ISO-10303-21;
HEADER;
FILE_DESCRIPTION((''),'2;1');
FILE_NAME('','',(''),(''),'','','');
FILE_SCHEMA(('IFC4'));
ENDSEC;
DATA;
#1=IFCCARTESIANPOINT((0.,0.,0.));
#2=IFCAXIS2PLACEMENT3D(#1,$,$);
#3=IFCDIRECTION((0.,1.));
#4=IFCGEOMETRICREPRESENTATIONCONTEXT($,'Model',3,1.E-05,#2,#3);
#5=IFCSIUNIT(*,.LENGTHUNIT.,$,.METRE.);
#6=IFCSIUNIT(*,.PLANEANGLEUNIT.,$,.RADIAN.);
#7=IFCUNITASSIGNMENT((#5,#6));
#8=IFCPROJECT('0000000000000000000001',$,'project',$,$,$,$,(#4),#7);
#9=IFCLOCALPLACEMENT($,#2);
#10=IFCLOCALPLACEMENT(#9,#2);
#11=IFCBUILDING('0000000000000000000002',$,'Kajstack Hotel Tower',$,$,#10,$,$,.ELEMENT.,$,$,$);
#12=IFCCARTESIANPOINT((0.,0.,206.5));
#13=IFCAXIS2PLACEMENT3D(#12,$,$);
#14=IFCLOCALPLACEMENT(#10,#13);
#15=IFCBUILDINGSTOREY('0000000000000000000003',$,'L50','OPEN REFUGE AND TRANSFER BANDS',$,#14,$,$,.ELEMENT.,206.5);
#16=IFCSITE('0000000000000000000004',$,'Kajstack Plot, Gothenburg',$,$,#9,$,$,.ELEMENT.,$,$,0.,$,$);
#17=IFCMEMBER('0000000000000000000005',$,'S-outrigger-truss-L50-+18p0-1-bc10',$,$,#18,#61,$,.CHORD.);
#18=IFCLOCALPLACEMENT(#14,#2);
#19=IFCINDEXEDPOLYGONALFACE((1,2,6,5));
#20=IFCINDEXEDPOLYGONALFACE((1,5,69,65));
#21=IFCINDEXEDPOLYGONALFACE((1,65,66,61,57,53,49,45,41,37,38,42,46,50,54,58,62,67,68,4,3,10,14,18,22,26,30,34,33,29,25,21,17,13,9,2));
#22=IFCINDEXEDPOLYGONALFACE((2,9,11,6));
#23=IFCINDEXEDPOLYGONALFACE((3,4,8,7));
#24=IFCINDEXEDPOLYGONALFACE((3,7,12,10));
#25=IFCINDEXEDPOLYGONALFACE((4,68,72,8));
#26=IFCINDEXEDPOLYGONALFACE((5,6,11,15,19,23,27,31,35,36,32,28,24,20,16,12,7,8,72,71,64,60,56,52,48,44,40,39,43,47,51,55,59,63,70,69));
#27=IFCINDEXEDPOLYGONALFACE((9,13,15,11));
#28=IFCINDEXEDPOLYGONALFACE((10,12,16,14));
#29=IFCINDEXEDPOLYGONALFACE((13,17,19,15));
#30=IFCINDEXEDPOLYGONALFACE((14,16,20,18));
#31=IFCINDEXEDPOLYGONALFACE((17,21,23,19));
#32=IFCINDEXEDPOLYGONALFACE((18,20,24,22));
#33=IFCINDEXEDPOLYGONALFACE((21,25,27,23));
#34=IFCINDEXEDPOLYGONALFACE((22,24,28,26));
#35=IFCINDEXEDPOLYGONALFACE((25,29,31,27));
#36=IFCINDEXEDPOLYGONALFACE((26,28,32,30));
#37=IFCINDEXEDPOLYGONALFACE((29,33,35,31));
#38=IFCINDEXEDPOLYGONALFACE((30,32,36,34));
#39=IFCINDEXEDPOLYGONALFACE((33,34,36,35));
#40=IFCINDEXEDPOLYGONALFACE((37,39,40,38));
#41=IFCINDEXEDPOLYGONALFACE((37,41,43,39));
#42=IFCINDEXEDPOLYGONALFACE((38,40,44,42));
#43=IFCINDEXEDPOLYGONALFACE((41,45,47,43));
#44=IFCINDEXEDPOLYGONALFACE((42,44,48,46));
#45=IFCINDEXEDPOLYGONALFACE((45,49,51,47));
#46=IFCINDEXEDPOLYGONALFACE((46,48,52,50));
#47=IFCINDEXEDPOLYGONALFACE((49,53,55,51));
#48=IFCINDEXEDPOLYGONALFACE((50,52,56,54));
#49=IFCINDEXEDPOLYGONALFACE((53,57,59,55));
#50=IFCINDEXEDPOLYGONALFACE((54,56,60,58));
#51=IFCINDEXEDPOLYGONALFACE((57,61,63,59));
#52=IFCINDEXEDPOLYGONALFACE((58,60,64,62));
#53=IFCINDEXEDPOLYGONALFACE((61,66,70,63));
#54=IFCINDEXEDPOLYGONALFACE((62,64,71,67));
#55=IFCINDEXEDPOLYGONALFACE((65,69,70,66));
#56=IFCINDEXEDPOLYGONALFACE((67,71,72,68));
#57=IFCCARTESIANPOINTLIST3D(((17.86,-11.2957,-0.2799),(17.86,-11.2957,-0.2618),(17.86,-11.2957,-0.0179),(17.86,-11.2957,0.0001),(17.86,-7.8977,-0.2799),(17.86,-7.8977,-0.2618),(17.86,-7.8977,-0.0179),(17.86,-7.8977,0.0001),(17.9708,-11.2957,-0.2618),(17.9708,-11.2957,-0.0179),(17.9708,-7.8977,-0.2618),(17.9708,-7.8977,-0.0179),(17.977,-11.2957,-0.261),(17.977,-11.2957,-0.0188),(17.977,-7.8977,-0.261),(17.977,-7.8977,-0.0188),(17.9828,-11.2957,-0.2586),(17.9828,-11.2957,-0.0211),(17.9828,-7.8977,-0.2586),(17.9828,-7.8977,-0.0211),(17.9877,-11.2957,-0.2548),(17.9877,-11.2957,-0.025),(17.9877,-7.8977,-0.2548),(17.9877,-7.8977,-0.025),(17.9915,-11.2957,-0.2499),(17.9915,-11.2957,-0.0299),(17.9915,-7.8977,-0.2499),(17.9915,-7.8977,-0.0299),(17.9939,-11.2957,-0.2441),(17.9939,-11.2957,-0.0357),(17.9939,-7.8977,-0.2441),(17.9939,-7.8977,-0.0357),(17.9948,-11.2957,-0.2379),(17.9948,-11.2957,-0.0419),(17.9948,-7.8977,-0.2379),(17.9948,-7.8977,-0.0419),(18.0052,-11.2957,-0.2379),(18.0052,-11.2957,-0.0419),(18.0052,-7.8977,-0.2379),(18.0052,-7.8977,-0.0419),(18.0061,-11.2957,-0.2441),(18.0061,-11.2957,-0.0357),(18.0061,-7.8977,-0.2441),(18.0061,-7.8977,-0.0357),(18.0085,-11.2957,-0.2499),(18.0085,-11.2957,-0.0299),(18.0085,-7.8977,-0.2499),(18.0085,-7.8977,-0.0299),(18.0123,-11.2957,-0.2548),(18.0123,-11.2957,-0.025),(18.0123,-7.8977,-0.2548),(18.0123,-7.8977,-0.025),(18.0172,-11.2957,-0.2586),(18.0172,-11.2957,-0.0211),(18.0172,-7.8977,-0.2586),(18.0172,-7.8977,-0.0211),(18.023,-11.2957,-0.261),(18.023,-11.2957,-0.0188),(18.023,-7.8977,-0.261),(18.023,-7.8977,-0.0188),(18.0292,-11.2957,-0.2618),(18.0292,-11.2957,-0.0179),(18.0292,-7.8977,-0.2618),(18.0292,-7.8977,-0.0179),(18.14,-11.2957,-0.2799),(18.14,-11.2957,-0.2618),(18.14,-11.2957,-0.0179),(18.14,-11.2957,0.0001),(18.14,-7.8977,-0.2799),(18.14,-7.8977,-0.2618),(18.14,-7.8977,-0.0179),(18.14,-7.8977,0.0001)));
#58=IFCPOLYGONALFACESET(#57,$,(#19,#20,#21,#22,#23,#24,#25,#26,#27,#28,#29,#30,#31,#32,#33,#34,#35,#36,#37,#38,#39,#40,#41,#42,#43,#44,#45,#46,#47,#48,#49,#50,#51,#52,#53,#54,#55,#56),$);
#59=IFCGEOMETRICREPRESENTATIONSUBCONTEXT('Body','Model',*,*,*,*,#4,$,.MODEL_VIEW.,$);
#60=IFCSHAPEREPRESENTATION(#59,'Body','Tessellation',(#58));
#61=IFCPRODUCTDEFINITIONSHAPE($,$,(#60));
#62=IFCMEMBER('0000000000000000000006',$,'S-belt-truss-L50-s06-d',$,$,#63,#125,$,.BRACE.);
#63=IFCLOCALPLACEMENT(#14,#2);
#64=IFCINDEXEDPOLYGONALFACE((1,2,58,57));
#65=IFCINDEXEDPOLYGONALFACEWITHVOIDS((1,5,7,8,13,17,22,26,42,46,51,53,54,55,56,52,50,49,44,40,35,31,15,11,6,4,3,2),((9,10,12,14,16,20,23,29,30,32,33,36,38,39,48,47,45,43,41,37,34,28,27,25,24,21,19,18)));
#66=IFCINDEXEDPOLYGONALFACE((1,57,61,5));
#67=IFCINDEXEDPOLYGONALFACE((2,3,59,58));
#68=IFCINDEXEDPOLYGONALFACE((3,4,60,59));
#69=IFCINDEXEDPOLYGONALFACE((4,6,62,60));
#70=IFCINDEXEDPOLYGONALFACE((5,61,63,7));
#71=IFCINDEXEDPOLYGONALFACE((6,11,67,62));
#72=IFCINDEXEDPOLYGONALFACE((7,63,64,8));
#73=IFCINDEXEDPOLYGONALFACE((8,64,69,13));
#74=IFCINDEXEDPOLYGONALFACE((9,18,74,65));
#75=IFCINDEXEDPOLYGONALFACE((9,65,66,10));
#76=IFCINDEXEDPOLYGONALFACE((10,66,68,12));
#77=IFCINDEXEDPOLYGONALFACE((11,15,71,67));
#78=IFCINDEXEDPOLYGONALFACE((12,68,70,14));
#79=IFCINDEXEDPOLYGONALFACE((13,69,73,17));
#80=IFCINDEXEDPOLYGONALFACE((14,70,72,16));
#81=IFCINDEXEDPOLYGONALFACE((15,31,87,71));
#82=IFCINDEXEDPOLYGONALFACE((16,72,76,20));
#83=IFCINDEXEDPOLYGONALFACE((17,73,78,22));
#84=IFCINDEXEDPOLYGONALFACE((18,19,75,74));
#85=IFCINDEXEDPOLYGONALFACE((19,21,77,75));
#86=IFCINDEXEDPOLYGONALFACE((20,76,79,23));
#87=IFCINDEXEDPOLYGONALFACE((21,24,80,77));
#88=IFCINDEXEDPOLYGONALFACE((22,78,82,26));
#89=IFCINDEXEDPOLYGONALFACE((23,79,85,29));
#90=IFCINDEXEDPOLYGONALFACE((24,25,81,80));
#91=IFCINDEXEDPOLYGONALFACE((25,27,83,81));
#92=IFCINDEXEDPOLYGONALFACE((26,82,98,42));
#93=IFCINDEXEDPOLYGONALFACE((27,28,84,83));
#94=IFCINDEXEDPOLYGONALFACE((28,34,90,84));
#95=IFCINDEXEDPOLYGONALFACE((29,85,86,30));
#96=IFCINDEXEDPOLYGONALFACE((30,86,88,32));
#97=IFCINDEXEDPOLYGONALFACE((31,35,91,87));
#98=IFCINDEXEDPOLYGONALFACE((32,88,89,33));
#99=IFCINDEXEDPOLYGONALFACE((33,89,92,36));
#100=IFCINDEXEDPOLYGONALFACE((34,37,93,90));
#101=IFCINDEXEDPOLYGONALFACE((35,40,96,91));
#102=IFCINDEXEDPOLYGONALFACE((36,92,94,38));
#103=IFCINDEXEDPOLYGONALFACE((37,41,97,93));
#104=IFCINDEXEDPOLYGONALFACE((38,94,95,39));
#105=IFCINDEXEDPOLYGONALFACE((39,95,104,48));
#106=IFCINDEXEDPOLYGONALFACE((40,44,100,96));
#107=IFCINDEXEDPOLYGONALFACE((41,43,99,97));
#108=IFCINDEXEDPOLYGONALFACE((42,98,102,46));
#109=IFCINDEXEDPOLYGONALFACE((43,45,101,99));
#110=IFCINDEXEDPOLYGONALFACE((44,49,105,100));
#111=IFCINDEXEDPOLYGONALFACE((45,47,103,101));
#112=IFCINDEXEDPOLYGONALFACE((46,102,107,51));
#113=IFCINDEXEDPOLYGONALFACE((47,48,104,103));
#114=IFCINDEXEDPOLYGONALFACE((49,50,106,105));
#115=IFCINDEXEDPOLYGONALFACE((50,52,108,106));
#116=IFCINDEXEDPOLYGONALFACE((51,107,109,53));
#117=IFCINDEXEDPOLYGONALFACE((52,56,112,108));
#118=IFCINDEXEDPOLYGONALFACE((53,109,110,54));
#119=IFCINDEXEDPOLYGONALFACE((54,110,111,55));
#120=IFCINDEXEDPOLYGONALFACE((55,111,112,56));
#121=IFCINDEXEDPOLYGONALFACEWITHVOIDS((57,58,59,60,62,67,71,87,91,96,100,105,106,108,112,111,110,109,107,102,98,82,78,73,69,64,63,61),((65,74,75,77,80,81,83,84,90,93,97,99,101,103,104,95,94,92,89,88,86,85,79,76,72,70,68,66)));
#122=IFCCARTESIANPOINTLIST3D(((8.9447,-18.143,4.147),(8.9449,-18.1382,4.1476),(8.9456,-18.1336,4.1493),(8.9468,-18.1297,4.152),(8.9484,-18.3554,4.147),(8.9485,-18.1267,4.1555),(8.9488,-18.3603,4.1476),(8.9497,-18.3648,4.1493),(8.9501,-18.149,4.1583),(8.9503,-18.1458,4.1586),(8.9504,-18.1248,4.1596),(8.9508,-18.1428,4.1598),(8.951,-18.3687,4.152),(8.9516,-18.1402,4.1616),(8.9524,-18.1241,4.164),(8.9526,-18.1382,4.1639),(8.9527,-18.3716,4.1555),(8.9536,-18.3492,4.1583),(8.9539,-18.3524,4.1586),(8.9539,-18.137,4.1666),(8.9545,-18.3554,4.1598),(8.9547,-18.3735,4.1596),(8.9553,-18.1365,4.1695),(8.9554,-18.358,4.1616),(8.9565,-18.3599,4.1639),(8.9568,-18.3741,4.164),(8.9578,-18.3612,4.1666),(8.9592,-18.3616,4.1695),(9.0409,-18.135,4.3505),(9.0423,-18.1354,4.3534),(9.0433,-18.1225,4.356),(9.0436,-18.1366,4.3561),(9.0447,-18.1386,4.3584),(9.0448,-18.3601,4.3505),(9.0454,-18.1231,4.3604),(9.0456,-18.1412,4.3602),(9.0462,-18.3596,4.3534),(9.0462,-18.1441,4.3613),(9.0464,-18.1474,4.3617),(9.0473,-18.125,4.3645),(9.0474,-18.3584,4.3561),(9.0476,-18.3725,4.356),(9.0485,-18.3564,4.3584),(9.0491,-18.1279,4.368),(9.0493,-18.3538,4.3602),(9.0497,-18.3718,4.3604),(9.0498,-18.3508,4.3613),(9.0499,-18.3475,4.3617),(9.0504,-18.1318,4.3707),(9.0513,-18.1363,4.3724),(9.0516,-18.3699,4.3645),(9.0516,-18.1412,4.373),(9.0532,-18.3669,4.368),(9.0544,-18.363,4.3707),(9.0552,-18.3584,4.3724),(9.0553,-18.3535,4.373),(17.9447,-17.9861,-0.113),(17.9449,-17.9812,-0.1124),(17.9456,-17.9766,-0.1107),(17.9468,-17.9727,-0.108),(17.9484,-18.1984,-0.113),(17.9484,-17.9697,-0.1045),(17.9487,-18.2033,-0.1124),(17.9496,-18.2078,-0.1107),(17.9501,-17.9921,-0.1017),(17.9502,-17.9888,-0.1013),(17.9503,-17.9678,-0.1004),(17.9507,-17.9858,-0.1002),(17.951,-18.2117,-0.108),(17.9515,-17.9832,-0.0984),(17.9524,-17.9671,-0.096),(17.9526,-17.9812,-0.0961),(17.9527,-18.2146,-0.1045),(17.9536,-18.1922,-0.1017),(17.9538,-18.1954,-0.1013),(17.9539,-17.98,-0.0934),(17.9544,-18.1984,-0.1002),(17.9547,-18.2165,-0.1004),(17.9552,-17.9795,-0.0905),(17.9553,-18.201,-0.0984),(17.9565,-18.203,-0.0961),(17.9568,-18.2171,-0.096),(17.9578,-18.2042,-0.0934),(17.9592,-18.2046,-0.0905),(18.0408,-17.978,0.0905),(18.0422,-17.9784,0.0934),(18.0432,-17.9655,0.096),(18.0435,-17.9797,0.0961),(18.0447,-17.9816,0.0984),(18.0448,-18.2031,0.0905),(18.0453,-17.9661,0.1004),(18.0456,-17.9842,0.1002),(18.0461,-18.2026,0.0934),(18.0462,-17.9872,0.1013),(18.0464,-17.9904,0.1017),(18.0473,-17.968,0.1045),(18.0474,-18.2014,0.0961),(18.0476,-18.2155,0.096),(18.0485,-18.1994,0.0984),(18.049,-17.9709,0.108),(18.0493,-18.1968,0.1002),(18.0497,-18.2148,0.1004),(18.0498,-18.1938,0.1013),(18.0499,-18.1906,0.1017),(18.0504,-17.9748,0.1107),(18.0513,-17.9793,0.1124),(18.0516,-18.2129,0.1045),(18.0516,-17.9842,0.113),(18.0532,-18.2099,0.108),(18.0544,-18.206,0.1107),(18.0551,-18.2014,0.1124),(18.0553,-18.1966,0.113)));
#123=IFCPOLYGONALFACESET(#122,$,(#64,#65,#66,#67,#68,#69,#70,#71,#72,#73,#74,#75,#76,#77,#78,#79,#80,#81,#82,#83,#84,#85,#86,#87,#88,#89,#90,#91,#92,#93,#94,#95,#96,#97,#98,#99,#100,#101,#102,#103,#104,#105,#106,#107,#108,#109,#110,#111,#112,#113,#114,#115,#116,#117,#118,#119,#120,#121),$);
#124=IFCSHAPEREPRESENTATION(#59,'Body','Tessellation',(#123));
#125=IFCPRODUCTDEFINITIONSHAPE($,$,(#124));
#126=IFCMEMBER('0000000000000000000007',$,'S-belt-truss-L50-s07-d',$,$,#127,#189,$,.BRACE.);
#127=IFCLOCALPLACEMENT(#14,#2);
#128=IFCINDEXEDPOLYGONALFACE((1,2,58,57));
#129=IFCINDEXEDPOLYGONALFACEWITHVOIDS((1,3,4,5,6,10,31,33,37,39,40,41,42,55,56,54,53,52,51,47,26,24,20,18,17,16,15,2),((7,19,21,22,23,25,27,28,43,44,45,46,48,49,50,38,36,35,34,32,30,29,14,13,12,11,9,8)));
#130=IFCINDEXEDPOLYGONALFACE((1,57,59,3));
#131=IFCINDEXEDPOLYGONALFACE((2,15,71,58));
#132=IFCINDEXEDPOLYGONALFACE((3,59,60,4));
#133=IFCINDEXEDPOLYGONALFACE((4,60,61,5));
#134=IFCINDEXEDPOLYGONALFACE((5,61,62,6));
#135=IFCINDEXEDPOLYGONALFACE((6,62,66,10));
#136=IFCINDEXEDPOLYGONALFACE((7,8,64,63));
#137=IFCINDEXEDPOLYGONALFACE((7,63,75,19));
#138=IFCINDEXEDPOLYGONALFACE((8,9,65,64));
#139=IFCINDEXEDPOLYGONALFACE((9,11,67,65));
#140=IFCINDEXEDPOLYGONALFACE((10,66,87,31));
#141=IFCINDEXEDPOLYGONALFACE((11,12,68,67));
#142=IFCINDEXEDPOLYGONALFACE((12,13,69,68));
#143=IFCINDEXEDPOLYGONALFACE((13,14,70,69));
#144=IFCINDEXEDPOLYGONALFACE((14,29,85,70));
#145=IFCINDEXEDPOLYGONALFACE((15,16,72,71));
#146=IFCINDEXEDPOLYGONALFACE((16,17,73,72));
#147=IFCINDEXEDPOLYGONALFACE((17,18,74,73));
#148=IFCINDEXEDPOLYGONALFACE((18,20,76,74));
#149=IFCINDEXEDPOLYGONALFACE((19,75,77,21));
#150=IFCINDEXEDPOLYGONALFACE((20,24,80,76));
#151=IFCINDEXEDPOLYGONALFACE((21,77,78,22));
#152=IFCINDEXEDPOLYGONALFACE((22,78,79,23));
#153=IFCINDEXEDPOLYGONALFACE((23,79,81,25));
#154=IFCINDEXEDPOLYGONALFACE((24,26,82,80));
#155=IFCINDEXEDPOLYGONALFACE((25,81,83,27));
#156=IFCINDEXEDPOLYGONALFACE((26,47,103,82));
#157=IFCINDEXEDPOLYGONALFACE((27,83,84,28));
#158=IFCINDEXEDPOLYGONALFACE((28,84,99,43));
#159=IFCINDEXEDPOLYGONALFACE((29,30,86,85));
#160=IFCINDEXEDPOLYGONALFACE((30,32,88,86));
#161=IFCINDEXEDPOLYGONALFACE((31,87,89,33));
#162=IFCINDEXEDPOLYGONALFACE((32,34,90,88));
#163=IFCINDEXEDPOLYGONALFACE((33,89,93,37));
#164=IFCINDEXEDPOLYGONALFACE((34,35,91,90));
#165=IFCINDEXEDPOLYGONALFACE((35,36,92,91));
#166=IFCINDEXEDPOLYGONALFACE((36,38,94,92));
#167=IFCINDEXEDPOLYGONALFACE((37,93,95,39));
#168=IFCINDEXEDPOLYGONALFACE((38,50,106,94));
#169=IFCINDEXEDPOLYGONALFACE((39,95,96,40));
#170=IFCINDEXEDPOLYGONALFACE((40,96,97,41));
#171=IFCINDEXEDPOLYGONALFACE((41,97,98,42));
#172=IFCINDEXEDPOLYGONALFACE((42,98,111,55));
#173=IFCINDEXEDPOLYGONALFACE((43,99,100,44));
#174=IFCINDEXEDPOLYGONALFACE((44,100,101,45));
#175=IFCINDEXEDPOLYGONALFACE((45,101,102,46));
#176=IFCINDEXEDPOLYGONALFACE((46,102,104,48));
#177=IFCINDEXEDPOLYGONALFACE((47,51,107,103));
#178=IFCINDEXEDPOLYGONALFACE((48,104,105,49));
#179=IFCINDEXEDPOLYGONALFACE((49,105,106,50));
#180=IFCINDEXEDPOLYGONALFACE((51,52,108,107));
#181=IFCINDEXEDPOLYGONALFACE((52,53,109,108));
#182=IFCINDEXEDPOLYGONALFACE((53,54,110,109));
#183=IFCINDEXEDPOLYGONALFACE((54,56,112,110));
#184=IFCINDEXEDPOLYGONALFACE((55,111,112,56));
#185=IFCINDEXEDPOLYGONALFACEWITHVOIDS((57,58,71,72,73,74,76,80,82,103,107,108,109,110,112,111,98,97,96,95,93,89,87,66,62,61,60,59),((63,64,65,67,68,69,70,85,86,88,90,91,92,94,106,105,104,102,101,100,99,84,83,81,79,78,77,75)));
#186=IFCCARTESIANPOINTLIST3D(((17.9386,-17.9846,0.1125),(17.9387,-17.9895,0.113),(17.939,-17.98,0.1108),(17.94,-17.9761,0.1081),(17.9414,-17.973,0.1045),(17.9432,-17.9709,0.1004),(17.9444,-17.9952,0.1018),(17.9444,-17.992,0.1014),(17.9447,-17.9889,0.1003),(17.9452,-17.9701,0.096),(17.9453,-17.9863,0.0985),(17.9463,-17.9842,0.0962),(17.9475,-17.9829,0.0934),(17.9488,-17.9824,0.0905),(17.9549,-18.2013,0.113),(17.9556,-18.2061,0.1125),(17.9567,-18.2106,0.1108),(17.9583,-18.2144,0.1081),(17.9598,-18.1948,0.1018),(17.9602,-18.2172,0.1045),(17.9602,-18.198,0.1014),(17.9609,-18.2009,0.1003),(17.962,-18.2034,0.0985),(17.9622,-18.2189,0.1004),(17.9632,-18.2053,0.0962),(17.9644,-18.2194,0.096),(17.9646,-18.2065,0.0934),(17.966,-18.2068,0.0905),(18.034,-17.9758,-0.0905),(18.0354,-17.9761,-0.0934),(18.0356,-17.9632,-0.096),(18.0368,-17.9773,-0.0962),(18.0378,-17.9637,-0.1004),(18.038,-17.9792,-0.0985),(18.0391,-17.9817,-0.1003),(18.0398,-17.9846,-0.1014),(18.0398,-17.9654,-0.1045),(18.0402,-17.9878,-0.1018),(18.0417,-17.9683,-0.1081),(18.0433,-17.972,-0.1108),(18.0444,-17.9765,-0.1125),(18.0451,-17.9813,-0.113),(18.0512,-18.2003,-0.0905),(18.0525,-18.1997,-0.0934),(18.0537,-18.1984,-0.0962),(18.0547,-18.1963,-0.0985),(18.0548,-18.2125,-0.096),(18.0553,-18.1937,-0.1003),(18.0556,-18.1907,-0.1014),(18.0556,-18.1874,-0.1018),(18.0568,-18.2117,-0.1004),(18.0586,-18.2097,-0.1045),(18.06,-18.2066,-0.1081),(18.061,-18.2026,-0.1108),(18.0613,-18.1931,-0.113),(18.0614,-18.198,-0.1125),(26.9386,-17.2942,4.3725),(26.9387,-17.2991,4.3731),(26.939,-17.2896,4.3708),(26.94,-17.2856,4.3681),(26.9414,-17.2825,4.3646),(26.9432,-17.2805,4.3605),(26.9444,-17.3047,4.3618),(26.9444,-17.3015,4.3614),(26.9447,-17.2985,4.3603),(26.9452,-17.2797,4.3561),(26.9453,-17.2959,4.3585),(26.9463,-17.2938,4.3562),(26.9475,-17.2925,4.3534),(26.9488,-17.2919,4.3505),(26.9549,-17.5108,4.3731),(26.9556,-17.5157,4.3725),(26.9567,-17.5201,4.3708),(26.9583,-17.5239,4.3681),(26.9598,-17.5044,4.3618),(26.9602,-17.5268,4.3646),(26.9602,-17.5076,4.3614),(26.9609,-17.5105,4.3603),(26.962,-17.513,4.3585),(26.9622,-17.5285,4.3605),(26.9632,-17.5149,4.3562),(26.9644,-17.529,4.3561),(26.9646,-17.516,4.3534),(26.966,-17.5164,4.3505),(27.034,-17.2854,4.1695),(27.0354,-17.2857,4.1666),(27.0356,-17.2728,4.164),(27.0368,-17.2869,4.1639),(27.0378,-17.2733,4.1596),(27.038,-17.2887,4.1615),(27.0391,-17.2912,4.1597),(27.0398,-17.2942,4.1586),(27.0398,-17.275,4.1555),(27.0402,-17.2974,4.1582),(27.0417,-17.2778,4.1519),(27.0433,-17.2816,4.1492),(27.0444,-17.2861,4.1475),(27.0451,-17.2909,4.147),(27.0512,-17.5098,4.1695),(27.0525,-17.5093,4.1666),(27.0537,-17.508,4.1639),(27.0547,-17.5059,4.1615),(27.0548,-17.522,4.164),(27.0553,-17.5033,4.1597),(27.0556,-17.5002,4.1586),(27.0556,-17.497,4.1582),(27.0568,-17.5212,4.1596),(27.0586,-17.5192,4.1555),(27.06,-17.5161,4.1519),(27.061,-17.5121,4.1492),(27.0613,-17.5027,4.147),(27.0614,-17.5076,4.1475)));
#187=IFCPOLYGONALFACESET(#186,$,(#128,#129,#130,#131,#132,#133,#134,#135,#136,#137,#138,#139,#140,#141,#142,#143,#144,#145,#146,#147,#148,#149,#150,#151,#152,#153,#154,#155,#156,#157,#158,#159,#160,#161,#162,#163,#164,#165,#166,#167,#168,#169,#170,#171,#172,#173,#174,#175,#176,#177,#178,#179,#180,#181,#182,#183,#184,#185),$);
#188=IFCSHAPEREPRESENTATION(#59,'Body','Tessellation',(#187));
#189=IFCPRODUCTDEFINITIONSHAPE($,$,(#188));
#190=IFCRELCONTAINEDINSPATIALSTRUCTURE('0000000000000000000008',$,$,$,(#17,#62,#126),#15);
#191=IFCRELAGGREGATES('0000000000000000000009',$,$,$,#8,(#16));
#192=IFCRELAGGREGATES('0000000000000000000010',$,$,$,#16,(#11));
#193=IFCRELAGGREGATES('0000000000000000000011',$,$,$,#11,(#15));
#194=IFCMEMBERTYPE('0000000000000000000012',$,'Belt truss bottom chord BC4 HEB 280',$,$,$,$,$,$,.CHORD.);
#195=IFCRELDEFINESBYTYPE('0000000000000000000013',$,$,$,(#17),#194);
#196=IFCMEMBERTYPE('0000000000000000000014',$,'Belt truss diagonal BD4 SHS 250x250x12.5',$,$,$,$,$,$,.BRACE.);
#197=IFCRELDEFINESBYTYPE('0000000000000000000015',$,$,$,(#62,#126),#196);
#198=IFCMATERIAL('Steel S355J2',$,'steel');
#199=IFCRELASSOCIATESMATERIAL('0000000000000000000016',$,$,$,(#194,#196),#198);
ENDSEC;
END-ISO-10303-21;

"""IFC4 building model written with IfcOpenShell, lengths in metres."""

from ifc_helpers import new_model, si_unit, direction, frame, origin, origin_2d, place, context, subcontext, project, spatial, hollow_rectangle, i_section, extrude, material, material_profile, profile_set, type_object, element, save


model = new_model("IFC4")

# Units and contexts
model_context = context("Model", 3, precision=1e-05, world=origin(), true_north=direction((0.0, 1.0)))
body_context = subcontext(model_context, "Body", "Model", "MODEL_VIEW")
ifc_project = project(units=[si_unit("LENGTHUNIT", "METRE"), si_unit("PLANEANGLEUNIT", "RADIAN")], contexts=[model_context])

# Site, building, storey
site_placement = place(None, origin())
site = spatial("IfcSite", under=ifc_project, at=site_placement, Name="Kajstack Plot, Gothenburg", CompositionType="ELEMENT", RefElevation=0.0)
building_placement = place(site_placement, origin())
building = spatial("IfcBuilding", under=site, at=building_placement, Name="Kajstack Hotel Tower", CompositionType="ELEMENT")
storey_placement = place(building_placement, frame((0.0, 0.0, 206.5)))
storey = spatial("IfcBuildingStorey", under=building, at=storey_placement, Name="L50", Description="OPEN REFUGE AND TRANSFER BANDS", CompositionType="ELEMENT", Elevation=206.5)

# Members
ifc_material = material(Name="Steel S355J2", Category="steel")
ifc_material_profile_1 = material_profile(ifc_material, i_section(OverallWidth=0.28, OverallDepth=0.28, WebThickness=0.0105, FlangeThickness=0.0181, FilletRadius=0.0239, at=origin_2d()), Name="HEB 280")
ifc_profile_set_1 = profile_set([ifc_material_profile_1], Name="Steel S355J2")
member_type_1 = type_object("IfcMemberType", Name="Belt truss bottom chord BC4 HEB 280", PredefinedType="CHORD", material=ifc_profile_set_1)
member_1_placement = place(storey_placement, frame((18.0, -11.2957, -0.1399), z_axis=(0.0, 1.0, 0.0), x_axis=(-1.0, 0.0, 0.0)))
element("IfcMember", 1, at=member_1_placement, inside=storey, type_object=member_type_1, Name="S-outrigger-truss-L50-+18p0-1-bc10", PredefinedType="CHORD", context=body_context, shape_type="SweptSolid", body=[
    extrude(i_section(OverallWidth=0.28, OverallDepth=0.28, WebThickness=0.0105, FlangeThickness=0.0181, FilletRadius=0.0239, at=origin_2d()), origin(), (0.0, 0.0, 1.0), 3.3979),
])
ifc_material_profile_2 = material_profile(ifc_material, hollow_rectangle(XDim=0.25, YDim=0.25, WallThickness=0.0125, InnerFilletRadius=0.0125, OuterFilletRadius=0.0188, at=origin_2d()), Name="SHS 250x250x12.5")
ifc_profile_set_2 = profile_set([ifc_material_profile_2], Name="Steel S355J2")
member_type_2 = type_object("IfcMemberType", Name="Belt truss diagonal BD4 SHS 250x250x12.5", PredefinedType="BRACE", material=ifc_profile_set_2)
member_2_placement = place(storey_placement, frame((18.0, -18.0913, 0.0), z_axis=(-0.903748, -0.015764, 0.427775), x_axis=(0.01744, -0.999848, 0.0)))
element("IfcMember", 2, at=member_2_placement, inside=storey, type_object=member_type_2, Name="S-belt-truss-L50-s06-d", PredefinedType="BRACE", context=body_context, shape_type="SweptSolid", body=[
    extrude(hollow_rectangle(XDim=0.25, YDim=0.25, WallThickness=0.0125, InnerFilletRadius=0.0125, OuterFilletRadius=0.0188, at=origin_2d()), origin(), (0.0, 0.0, 1.0), 9.9585),
])
member_3_placement = place(storey_placement, frame((18.0, -18.0913, 0.0), z_axis=(0.901695, 0.069173, 0.426803), x_axis=(-0.07649, 0.99707, 0.0)))
element("IfcMember", 3, at=member_3_placement, inside=storey, type_object=member_type_2, Name="S-belt-truss-L50-s07-d", PredefinedType="BRACE", context=body_context, shape_type="SweptSolid", body=[
    extrude(hollow_rectangle(XDim=0.25, YDim=0.25, WallThickness=0.0125, InnerFilletRadius=0.0125, OuterFilletRadius=0.0188, at=origin_2d()), origin(), (0.0, 0.0, 1.0), 9.9812),
])

save(model, "model.ifc")
